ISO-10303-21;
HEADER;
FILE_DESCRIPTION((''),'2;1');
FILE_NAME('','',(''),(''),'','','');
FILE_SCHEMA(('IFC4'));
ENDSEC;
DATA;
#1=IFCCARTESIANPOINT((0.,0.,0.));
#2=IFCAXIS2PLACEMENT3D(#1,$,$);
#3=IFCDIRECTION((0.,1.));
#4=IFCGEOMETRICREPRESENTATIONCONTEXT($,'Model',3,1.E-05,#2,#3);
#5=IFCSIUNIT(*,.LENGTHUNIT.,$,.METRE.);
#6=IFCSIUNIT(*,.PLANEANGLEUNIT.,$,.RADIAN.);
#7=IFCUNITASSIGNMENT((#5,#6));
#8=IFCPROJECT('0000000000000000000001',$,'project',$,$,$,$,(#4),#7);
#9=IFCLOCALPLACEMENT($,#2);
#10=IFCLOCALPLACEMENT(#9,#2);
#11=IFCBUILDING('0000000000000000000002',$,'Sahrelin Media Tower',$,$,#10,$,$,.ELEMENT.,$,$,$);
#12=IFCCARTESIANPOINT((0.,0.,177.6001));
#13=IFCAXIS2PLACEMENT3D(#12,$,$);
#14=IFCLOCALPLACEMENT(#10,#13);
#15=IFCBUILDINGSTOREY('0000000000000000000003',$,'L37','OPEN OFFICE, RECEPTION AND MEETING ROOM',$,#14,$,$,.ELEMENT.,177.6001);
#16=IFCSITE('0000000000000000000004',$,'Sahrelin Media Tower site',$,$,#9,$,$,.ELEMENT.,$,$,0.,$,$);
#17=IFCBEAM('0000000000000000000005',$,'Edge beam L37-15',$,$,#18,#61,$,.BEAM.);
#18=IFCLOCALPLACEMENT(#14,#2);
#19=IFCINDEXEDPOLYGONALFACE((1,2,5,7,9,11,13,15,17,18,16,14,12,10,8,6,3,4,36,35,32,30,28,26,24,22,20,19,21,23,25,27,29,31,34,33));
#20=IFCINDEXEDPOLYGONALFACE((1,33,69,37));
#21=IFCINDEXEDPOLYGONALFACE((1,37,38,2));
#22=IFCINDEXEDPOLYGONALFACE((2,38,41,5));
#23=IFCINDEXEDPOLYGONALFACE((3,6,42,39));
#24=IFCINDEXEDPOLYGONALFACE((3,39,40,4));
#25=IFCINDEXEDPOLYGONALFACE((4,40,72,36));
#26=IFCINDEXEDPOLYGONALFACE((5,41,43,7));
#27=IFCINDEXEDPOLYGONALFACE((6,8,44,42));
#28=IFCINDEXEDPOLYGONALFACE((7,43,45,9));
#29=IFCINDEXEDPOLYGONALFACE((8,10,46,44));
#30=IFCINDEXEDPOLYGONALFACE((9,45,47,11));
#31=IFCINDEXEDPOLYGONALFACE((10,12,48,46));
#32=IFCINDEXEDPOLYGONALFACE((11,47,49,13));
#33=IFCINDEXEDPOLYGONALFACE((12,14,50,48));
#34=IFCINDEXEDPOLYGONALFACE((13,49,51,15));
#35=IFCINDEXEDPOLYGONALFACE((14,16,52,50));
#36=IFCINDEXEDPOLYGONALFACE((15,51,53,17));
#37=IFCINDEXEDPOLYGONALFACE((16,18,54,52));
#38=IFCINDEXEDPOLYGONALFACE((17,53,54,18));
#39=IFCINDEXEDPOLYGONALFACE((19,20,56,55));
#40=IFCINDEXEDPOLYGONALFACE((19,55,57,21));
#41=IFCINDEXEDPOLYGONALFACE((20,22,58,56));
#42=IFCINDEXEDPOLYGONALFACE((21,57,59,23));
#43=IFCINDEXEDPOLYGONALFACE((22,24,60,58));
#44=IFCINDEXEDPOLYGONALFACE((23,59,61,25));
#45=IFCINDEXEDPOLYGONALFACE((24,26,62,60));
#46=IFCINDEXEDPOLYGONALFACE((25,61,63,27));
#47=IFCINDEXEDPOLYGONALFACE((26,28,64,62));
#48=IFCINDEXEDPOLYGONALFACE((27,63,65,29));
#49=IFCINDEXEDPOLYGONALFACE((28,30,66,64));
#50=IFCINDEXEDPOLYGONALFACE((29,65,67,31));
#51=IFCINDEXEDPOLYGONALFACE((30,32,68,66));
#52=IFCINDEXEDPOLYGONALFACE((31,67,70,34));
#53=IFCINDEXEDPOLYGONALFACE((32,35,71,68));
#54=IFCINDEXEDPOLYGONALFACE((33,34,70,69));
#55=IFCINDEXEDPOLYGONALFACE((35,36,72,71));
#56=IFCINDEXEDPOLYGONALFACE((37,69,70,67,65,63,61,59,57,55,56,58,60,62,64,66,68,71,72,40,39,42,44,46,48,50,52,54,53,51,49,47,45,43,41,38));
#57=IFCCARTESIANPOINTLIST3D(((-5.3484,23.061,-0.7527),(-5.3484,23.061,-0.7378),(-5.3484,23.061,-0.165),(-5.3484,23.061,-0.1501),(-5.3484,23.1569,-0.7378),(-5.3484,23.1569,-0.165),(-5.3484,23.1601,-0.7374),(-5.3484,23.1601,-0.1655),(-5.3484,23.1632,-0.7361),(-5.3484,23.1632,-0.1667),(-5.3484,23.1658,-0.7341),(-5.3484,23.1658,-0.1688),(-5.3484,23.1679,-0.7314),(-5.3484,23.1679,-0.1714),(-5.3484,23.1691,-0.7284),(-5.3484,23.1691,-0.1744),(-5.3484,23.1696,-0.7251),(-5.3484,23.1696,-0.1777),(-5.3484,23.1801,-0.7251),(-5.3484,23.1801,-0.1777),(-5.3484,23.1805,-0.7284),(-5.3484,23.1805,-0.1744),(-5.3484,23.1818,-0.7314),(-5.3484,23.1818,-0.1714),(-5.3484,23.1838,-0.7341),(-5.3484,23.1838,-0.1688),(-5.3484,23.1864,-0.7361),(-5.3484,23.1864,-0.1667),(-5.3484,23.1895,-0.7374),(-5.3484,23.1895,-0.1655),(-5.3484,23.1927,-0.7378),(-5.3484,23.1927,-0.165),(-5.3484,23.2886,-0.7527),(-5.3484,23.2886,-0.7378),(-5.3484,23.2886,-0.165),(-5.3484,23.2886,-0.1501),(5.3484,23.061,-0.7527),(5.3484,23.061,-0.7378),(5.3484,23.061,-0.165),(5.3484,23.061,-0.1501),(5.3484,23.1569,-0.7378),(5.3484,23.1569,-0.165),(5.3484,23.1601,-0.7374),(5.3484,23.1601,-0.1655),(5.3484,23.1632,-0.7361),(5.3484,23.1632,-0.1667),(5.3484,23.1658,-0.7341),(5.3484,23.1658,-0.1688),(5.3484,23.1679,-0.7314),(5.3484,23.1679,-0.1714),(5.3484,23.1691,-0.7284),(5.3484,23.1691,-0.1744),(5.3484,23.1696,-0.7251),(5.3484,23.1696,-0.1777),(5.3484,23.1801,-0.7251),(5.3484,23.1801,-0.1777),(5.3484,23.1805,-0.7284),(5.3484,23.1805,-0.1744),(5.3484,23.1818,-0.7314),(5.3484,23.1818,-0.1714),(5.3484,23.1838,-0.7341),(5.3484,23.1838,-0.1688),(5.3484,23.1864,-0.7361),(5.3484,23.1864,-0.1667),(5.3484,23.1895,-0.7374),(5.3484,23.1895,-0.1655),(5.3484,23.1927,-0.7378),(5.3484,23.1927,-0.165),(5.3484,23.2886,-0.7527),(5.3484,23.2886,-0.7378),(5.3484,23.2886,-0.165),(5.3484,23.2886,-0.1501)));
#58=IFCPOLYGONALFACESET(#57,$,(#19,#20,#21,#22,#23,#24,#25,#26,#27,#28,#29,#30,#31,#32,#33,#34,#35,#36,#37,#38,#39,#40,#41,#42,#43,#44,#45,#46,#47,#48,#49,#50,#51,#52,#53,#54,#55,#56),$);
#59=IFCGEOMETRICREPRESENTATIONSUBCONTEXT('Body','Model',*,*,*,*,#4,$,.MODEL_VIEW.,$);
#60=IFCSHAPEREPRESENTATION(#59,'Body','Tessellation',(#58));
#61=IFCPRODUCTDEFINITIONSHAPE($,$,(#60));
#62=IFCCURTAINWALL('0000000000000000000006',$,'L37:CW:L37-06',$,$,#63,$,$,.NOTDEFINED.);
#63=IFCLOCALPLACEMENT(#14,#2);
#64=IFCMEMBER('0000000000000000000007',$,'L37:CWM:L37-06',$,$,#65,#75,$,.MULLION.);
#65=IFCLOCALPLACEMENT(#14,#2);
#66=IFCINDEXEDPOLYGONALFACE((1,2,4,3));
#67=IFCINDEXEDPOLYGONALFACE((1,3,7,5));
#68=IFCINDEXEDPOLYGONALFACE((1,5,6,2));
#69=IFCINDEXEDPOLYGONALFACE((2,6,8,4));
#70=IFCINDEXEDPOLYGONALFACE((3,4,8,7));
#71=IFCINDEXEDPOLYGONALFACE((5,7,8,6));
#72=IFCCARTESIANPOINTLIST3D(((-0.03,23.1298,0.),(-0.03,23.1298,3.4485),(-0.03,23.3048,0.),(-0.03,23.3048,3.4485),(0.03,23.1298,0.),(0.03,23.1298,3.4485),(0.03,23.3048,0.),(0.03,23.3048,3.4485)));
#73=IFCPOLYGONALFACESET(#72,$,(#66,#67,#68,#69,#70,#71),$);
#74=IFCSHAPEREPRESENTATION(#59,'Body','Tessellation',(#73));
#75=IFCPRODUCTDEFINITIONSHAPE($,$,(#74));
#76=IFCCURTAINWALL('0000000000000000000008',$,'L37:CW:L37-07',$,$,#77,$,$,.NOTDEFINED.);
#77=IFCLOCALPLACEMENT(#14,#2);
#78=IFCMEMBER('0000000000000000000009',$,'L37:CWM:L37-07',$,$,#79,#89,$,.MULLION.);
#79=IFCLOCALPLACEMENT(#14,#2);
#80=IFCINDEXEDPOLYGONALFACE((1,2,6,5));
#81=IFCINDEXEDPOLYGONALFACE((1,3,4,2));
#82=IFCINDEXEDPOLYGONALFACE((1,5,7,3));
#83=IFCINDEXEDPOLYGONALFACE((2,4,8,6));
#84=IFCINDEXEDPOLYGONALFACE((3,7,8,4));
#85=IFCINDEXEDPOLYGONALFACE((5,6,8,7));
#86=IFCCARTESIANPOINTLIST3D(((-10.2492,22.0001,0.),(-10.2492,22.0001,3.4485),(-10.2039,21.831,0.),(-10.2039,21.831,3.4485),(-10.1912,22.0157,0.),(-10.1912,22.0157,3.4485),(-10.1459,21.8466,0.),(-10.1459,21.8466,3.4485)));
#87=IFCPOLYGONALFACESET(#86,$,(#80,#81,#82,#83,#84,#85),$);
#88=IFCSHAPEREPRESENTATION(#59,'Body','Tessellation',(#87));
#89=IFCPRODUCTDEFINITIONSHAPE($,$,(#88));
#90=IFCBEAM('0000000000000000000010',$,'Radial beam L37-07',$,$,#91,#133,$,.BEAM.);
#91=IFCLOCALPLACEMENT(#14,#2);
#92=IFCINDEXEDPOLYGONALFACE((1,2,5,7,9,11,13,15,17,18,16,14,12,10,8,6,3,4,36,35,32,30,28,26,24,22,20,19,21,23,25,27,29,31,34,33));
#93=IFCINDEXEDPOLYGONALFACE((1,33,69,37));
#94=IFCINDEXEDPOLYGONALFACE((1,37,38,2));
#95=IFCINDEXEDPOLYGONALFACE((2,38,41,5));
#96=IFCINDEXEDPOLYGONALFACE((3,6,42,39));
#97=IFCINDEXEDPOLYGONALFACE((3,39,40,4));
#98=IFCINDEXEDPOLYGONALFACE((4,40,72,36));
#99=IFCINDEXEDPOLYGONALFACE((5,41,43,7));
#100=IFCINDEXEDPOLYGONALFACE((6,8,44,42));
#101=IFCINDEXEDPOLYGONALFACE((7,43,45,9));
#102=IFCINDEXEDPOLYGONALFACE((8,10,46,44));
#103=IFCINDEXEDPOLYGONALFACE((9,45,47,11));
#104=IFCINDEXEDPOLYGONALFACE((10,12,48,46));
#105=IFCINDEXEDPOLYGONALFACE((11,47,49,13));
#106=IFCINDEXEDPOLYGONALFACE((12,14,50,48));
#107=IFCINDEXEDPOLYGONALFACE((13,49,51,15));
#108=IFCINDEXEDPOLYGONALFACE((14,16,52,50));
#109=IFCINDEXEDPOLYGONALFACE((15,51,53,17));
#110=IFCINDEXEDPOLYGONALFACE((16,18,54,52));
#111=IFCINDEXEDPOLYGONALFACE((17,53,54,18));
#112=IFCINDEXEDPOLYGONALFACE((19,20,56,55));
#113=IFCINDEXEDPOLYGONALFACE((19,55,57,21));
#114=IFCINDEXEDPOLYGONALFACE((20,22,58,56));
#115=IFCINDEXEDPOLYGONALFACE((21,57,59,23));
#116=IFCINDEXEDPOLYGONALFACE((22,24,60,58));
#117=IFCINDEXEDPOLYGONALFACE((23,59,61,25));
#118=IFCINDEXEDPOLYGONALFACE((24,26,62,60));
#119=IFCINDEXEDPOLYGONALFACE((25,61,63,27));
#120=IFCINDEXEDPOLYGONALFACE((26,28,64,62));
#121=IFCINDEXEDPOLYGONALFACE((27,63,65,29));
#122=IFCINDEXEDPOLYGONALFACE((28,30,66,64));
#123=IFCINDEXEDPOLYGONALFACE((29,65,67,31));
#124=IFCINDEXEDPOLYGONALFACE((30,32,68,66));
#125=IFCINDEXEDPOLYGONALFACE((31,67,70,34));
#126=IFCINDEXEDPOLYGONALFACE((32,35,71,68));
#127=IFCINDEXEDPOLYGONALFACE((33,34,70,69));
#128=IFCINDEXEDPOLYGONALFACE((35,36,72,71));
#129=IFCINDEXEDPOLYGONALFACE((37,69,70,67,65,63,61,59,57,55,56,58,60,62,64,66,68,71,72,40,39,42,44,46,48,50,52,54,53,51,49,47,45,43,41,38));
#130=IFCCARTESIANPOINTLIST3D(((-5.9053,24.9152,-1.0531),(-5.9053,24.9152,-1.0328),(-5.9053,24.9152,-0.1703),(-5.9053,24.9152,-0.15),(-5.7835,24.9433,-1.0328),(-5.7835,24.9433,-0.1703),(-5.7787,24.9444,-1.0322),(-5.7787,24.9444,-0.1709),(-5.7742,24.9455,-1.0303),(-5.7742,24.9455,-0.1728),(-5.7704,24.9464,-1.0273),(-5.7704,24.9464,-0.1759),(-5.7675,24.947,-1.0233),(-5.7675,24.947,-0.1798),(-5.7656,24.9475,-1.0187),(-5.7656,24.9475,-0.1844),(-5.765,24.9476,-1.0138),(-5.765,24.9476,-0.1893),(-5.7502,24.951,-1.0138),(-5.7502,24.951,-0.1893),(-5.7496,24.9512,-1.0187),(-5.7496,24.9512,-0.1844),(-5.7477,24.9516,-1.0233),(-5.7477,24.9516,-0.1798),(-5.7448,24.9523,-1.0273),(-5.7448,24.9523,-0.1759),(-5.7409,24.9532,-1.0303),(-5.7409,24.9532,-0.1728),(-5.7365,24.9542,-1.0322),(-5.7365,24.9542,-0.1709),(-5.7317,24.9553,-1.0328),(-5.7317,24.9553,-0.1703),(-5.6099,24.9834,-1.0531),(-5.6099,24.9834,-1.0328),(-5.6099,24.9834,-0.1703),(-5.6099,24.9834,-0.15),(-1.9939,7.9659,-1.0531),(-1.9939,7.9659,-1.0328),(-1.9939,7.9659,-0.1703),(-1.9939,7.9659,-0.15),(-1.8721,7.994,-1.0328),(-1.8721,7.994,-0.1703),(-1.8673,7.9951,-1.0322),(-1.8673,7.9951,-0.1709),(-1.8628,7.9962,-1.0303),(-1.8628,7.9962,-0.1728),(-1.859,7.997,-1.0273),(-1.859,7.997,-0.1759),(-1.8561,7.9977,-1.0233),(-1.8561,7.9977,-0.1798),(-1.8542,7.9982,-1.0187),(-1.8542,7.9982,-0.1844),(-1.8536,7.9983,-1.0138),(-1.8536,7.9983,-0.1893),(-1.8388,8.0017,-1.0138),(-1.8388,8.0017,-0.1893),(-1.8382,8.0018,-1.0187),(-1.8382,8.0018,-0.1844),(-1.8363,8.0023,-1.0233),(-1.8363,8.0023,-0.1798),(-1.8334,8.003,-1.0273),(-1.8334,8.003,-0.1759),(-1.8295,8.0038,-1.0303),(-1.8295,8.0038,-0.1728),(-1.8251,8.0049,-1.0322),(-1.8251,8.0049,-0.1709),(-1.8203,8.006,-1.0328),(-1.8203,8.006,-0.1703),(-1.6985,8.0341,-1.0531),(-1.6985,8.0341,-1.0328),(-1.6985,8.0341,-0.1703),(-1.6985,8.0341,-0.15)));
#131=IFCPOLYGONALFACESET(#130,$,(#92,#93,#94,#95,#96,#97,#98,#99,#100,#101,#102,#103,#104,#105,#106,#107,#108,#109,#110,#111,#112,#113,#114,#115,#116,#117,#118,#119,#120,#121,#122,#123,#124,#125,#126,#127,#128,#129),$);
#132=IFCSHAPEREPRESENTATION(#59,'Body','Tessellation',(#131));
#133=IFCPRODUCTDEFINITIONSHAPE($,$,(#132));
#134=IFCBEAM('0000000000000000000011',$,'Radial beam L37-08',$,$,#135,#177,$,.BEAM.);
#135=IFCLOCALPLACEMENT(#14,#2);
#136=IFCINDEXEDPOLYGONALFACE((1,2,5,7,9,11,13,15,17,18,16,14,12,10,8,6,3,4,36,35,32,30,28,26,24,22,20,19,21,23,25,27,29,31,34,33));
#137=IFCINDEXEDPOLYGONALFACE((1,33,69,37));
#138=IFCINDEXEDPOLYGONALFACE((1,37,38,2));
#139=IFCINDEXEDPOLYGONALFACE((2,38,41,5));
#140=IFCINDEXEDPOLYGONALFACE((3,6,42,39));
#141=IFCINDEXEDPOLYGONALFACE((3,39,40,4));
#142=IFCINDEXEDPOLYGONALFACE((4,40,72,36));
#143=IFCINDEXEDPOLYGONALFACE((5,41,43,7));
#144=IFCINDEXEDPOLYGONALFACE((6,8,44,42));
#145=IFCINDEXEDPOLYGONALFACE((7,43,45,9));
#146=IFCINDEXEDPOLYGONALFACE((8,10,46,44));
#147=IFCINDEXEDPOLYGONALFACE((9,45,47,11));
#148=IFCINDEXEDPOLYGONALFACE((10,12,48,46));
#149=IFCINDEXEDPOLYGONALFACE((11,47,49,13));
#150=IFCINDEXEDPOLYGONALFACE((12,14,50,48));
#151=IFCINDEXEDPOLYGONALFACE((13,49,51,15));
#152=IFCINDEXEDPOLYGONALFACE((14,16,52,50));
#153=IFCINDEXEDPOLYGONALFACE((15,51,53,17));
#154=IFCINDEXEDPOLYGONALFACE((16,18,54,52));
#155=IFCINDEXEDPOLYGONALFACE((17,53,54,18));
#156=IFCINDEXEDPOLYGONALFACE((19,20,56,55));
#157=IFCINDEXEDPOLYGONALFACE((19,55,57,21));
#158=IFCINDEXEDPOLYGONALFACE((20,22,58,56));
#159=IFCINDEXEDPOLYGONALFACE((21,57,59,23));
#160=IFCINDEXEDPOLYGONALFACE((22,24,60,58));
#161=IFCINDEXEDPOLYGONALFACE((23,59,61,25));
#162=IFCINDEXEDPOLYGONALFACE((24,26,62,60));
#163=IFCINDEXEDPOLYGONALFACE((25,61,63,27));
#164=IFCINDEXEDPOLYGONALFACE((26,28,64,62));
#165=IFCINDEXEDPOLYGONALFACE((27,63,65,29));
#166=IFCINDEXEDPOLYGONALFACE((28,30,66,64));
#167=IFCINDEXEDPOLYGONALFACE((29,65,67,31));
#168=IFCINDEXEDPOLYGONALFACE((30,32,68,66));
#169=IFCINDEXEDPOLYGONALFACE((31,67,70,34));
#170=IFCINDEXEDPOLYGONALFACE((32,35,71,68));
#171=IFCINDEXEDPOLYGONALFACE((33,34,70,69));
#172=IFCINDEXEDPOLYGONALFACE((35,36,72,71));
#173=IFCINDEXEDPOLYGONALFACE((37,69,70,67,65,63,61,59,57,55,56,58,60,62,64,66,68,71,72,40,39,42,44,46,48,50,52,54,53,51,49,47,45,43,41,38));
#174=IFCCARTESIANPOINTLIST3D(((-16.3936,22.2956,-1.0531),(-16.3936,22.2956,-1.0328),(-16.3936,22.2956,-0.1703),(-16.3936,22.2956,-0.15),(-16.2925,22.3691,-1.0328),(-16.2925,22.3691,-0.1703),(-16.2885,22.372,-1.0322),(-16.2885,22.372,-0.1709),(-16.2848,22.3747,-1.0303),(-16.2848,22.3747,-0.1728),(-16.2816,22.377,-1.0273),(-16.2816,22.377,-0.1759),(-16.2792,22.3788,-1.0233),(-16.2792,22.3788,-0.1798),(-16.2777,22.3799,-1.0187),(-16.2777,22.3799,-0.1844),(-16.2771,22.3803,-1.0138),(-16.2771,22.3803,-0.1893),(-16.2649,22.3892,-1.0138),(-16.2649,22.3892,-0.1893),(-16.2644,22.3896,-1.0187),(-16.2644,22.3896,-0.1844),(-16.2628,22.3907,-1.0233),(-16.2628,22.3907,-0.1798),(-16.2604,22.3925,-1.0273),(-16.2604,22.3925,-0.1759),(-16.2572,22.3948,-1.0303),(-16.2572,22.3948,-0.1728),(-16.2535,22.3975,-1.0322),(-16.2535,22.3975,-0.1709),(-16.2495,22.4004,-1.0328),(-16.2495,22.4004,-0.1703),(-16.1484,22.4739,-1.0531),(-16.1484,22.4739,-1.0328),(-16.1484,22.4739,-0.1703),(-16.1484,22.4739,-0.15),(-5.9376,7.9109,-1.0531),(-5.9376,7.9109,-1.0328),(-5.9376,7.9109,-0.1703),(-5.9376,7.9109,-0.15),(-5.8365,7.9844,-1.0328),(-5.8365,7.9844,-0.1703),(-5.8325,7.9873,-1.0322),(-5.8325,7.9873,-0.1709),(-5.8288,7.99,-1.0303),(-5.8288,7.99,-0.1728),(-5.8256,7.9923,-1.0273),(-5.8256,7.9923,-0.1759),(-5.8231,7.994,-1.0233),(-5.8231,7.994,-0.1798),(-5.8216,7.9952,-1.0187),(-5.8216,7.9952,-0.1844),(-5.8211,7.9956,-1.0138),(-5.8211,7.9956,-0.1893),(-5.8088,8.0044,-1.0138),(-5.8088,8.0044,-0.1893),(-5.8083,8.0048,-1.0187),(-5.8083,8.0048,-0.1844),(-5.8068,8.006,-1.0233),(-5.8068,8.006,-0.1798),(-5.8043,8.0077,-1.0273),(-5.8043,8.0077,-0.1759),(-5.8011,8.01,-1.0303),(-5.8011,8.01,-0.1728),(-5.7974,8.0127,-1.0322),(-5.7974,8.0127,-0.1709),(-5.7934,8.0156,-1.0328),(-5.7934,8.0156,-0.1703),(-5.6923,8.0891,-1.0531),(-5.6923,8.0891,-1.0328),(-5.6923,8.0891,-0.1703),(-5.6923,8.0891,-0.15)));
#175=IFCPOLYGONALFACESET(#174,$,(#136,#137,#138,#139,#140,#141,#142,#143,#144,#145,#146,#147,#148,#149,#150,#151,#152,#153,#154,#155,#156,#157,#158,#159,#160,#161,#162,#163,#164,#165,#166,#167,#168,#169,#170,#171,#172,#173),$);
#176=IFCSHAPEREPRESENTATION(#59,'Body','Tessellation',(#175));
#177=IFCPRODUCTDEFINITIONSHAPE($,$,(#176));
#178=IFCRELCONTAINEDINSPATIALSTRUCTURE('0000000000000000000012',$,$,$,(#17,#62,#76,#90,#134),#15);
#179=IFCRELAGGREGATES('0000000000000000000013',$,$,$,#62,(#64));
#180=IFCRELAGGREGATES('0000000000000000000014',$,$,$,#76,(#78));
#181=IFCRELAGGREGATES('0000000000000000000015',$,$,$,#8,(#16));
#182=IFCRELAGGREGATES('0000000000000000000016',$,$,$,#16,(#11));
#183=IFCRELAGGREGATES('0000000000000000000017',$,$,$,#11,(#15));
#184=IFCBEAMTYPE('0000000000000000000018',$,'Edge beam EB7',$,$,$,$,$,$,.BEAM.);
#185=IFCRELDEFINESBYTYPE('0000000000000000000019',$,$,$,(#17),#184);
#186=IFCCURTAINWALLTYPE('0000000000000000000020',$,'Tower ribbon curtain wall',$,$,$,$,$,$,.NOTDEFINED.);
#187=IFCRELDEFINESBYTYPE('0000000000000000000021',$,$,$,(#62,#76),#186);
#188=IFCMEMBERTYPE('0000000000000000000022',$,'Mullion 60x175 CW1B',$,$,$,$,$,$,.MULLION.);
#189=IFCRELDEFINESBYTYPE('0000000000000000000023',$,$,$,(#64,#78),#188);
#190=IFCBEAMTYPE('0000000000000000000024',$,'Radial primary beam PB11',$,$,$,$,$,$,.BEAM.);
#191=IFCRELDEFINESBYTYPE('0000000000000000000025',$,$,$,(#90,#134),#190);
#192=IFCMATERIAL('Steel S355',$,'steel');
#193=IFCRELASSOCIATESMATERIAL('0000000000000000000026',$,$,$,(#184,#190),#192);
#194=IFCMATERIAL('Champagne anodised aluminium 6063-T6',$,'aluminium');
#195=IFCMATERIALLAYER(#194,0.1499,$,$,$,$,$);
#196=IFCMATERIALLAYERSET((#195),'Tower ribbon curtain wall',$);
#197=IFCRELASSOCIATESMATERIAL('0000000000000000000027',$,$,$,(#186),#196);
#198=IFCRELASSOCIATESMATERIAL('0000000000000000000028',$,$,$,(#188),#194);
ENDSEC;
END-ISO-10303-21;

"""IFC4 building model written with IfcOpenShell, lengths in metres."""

from ifc_helpers import new_model, si_unit, direction, frame, origin, origin_2d, place, context, subcontext, project, spatial, rectangle, i_section, extrude, material, layer, layer_set, material_profile, profile_set, type_object, element, aggregate, save


model = new_model("IFC4")

# Units and contexts
model_context = context("Model", 3, precision=1e-05, world=origin(), true_north=direction((0.0, 1.0)))
body_context = subcontext(model_context, "Body", "Model", "MODEL_VIEW")
ifc_project = project(units=[si_unit("LENGTHUNIT", "METRE"), si_unit("PLANEANGLEUNIT", "RADIAN")], contexts=[model_context])

# Site, building, storey
site_placement = place(None, origin())
site = spatial("IfcSite", under=ifc_project, at=site_placement, Name="Sahrelin Media Tower site", CompositionType="ELEMENT", RefElevation=0.0)
building_placement = place(site_placement, origin())
building = spatial("IfcBuilding", under=site, at=building_placement, Name="Sahrelin Media Tower", CompositionType="ELEMENT")
storey_placement = place(building_placement, frame((0.0, 0.0, 177.6001)))
storey = spatial("IfcBuildingStorey", under=building, at=storey_placement, Name="L37", Description="OPEN OFFICE, RECEPTION AND MEETING ROOM", CompositionType="ELEMENT", Elevation=177.6001)

# Beam
ifc_material_1 = material(Name="Steel S355", Category="steel")
ifc_material_profile_1 = material_profile(ifc_material_1, i_section(OverallWidth=0.2275, OverallDepth=0.6025, WebThickness=0.0105, FlangeThickness=0.0149, FilletRadius=0.0127, at=origin_2d()), Name="UB 610x229x101")
ifc_profile_set_1 = profile_set([ifc_material_profile_1], Name="Steel S355")
beam_type_1 = type_object("IfcBeamType", Name="Edge beam EB7", PredefinedType="BEAM", material=ifc_profile_set_1)
beam_1_placement = place(storey_placement, frame((-5.3484, 23.1748, -0.4514), z_axis=(1.0, 0.0, 0.0), x_axis=(0.0, 1.0, 0.0)))
element("IfcBeam", 1, at=beam_1_placement, inside=storey, type_object=beam_type_1, Name="Edge beam L37-15", PredefinedType="BEAM", context=body_context, shape_type="SweptSolid", body=[
    extrude(i_section(OverallWidth=0.2275, OverallDepth=0.6025, WebThickness=0.0105, FlangeThickness=0.0149, FilletRadius=0.0127, at=origin_2d()), origin(), (0.0, 0.0, 1.0), 10.6968),
])

# Curtain walls, members
ifc_material_2 = material(Name="Champagne anodised aluminium 6063-T6", Category="aluminium")
ifc_layer_1 = layer(ifc_material_2, 0.1499)
ifc_layer_set_1 = layer_set([ifc_layer_1], Name="Tower ribbon curtain wall")
curtain_wall_type = type_object("IfcCurtainWallType", Name="Tower ribbon curtain wall", PredefinedType="NOTDEFINED", material=ifc_layer_set_1)
placement_1 = place(storey_placement, frame((0.0, 23.3247, 0.0), z_axis=(0.0, 0.0, 1.0), x_axis=(1.0, 0.0, 0.0)))
curtain_wall_1 = element("IfcCurtainWall", 2, at=placement_1, inside=storey, type_object=curtain_wall_type, Name="L37:CW:L37-06", PredefinedType="NOTDEFINED")
ifc_material_profile_2 = material_profile(ifc_material_2, rectangle(XDim=0.0601, YDim=0.175, at=origin_2d()), Name="Mullion 60x175")
ifc_profile_set_2 = profile_set([ifc_material_profile_2], Name="Champagne anodised aluminium 6063-T6")
member_type_1 = type_object("IfcMemberType", Name="Mullion 60x175 CW1B", PredefinedType="MULLION", material=ifc_profile_set_2)
member_1_placement = place(storey_placement, frame((0.0, 23.2173, 0.0), z_axis=(0.0, 0.0, 1.0), x_axis=(-1.0, 0.0, 0.0)))
member_1 = element("IfcMember", 3, at=member_1_placement, type_object=member_type_1, Name="L37:CWM:L37-06", PredefinedType="MULLION", context=body_context, shape_type="SweptSolid", body=[
    extrude(rectangle(XDim=0.0601, YDim=0.175, at=origin_2d()), origin(), (0.0, 0.0, 1.0), 3.4485),
])
aggregate(curtain_wall_1, [member_1])
curtain_wall_2_placement = place(storey_placement, frame((-10.2251, 22.0271, 0.0), z_axis=(0.0, 0.0, 1.0), x_axis=(1.0, 0.0, 0.0)))
curtain_wall_2 = element("IfcCurtainWall", 4, at=curtain_wall_2_placement, inside=storey, type_object=curtain_wall_type, Name="L37:CW:L37-07", PredefinedType="NOTDEFINED")
member_2_placement = place(storey_placement, frame((-10.1975, 21.9233, 0.0), z_axis=(0.0, 0.0, 1.0), x_axis=(-0.965928, -0.258812, 0.0)))
member_2 = element("IfcMember", 5, at=member_2_placement, type_object=member_type_1, Name="L37:CWM:L37-07", PredefinedType="MULLION", context=body_context, shape_type="SweptSolid", body=[
    extrude(rectangle(XDim=0.0601, YDim=0.175, at=origin_2d()), origin(), (0.0, 0.0, 1.0), 3.4485),
])

# Beams
ifc_material_profile_3 = material_profile(ifc_material_1, i_section(OverallWidth=0.3032, OverallDepth=0.9031, WebThickness=0.0151, FlangeThickness=0.0203, FilletRadius=0.019, at=origin_2d()), Name="UB 914x305x201")
ifc_profile_set_3 = profile_set([ifc_material_profile_3], Name="Steel S355")
beam_type_2 = type_object("IfcBeamType", Name="Radial primary beam PB11", PredefinedType="BEAM", material=ifc_profile_set_3)
beam_2_placement = place(storey_placement, frame((-1.8462, 8.0, -0.6016), z_axis=(-0.224861, 0.974391, 0.0), x_axis=(-0.974391, -0.224861, 0.0)))
element("IfcBeam", 6, at=beam_2_placement, inside=storey, type_object=beam_type_2, Name="Radial beam L37-07", PredefinedType="BEAM", context=body_context, shape_type="SweptSolid", body=[
    extrude(i_section(OverallWidth=0.3032, OverallDepth=0.9031, WebThickness=0.0151, FlangeThickness=0.0203, FilletRadius=0.019, at=origin_2d()), origin(), (0.0, 0.0, 1.0), 17.3948),
])
beam_3_placement = place(storey_placement, frame((-5.8149, 8.0, -0.6016), z_axis=(-0.587966, 0.808886, 0.0), x_axis=(-0.808886, -0.587966, 0.0)))
element("IfcBeam", 7, at=beam_3_placement, inside=storey, type_object=beam_type_2, Name="Radial beam L37-08", PredefinedType="BEAM", context=body_context, shape_type="SweptSolid", body=[
    extrude(i_section(OverallWidth=0.3032, OverallDepth=0.9031, WebThickness=0.0151, FlangeThickness=0.0203, FilletRadius=0.019, at=origin_2d()), origin(), (0.0, 0.0, 1.0), 17.7834),
])

aggregate(curtain_wall_2, [member_2])

save(model, "model.ifc")
